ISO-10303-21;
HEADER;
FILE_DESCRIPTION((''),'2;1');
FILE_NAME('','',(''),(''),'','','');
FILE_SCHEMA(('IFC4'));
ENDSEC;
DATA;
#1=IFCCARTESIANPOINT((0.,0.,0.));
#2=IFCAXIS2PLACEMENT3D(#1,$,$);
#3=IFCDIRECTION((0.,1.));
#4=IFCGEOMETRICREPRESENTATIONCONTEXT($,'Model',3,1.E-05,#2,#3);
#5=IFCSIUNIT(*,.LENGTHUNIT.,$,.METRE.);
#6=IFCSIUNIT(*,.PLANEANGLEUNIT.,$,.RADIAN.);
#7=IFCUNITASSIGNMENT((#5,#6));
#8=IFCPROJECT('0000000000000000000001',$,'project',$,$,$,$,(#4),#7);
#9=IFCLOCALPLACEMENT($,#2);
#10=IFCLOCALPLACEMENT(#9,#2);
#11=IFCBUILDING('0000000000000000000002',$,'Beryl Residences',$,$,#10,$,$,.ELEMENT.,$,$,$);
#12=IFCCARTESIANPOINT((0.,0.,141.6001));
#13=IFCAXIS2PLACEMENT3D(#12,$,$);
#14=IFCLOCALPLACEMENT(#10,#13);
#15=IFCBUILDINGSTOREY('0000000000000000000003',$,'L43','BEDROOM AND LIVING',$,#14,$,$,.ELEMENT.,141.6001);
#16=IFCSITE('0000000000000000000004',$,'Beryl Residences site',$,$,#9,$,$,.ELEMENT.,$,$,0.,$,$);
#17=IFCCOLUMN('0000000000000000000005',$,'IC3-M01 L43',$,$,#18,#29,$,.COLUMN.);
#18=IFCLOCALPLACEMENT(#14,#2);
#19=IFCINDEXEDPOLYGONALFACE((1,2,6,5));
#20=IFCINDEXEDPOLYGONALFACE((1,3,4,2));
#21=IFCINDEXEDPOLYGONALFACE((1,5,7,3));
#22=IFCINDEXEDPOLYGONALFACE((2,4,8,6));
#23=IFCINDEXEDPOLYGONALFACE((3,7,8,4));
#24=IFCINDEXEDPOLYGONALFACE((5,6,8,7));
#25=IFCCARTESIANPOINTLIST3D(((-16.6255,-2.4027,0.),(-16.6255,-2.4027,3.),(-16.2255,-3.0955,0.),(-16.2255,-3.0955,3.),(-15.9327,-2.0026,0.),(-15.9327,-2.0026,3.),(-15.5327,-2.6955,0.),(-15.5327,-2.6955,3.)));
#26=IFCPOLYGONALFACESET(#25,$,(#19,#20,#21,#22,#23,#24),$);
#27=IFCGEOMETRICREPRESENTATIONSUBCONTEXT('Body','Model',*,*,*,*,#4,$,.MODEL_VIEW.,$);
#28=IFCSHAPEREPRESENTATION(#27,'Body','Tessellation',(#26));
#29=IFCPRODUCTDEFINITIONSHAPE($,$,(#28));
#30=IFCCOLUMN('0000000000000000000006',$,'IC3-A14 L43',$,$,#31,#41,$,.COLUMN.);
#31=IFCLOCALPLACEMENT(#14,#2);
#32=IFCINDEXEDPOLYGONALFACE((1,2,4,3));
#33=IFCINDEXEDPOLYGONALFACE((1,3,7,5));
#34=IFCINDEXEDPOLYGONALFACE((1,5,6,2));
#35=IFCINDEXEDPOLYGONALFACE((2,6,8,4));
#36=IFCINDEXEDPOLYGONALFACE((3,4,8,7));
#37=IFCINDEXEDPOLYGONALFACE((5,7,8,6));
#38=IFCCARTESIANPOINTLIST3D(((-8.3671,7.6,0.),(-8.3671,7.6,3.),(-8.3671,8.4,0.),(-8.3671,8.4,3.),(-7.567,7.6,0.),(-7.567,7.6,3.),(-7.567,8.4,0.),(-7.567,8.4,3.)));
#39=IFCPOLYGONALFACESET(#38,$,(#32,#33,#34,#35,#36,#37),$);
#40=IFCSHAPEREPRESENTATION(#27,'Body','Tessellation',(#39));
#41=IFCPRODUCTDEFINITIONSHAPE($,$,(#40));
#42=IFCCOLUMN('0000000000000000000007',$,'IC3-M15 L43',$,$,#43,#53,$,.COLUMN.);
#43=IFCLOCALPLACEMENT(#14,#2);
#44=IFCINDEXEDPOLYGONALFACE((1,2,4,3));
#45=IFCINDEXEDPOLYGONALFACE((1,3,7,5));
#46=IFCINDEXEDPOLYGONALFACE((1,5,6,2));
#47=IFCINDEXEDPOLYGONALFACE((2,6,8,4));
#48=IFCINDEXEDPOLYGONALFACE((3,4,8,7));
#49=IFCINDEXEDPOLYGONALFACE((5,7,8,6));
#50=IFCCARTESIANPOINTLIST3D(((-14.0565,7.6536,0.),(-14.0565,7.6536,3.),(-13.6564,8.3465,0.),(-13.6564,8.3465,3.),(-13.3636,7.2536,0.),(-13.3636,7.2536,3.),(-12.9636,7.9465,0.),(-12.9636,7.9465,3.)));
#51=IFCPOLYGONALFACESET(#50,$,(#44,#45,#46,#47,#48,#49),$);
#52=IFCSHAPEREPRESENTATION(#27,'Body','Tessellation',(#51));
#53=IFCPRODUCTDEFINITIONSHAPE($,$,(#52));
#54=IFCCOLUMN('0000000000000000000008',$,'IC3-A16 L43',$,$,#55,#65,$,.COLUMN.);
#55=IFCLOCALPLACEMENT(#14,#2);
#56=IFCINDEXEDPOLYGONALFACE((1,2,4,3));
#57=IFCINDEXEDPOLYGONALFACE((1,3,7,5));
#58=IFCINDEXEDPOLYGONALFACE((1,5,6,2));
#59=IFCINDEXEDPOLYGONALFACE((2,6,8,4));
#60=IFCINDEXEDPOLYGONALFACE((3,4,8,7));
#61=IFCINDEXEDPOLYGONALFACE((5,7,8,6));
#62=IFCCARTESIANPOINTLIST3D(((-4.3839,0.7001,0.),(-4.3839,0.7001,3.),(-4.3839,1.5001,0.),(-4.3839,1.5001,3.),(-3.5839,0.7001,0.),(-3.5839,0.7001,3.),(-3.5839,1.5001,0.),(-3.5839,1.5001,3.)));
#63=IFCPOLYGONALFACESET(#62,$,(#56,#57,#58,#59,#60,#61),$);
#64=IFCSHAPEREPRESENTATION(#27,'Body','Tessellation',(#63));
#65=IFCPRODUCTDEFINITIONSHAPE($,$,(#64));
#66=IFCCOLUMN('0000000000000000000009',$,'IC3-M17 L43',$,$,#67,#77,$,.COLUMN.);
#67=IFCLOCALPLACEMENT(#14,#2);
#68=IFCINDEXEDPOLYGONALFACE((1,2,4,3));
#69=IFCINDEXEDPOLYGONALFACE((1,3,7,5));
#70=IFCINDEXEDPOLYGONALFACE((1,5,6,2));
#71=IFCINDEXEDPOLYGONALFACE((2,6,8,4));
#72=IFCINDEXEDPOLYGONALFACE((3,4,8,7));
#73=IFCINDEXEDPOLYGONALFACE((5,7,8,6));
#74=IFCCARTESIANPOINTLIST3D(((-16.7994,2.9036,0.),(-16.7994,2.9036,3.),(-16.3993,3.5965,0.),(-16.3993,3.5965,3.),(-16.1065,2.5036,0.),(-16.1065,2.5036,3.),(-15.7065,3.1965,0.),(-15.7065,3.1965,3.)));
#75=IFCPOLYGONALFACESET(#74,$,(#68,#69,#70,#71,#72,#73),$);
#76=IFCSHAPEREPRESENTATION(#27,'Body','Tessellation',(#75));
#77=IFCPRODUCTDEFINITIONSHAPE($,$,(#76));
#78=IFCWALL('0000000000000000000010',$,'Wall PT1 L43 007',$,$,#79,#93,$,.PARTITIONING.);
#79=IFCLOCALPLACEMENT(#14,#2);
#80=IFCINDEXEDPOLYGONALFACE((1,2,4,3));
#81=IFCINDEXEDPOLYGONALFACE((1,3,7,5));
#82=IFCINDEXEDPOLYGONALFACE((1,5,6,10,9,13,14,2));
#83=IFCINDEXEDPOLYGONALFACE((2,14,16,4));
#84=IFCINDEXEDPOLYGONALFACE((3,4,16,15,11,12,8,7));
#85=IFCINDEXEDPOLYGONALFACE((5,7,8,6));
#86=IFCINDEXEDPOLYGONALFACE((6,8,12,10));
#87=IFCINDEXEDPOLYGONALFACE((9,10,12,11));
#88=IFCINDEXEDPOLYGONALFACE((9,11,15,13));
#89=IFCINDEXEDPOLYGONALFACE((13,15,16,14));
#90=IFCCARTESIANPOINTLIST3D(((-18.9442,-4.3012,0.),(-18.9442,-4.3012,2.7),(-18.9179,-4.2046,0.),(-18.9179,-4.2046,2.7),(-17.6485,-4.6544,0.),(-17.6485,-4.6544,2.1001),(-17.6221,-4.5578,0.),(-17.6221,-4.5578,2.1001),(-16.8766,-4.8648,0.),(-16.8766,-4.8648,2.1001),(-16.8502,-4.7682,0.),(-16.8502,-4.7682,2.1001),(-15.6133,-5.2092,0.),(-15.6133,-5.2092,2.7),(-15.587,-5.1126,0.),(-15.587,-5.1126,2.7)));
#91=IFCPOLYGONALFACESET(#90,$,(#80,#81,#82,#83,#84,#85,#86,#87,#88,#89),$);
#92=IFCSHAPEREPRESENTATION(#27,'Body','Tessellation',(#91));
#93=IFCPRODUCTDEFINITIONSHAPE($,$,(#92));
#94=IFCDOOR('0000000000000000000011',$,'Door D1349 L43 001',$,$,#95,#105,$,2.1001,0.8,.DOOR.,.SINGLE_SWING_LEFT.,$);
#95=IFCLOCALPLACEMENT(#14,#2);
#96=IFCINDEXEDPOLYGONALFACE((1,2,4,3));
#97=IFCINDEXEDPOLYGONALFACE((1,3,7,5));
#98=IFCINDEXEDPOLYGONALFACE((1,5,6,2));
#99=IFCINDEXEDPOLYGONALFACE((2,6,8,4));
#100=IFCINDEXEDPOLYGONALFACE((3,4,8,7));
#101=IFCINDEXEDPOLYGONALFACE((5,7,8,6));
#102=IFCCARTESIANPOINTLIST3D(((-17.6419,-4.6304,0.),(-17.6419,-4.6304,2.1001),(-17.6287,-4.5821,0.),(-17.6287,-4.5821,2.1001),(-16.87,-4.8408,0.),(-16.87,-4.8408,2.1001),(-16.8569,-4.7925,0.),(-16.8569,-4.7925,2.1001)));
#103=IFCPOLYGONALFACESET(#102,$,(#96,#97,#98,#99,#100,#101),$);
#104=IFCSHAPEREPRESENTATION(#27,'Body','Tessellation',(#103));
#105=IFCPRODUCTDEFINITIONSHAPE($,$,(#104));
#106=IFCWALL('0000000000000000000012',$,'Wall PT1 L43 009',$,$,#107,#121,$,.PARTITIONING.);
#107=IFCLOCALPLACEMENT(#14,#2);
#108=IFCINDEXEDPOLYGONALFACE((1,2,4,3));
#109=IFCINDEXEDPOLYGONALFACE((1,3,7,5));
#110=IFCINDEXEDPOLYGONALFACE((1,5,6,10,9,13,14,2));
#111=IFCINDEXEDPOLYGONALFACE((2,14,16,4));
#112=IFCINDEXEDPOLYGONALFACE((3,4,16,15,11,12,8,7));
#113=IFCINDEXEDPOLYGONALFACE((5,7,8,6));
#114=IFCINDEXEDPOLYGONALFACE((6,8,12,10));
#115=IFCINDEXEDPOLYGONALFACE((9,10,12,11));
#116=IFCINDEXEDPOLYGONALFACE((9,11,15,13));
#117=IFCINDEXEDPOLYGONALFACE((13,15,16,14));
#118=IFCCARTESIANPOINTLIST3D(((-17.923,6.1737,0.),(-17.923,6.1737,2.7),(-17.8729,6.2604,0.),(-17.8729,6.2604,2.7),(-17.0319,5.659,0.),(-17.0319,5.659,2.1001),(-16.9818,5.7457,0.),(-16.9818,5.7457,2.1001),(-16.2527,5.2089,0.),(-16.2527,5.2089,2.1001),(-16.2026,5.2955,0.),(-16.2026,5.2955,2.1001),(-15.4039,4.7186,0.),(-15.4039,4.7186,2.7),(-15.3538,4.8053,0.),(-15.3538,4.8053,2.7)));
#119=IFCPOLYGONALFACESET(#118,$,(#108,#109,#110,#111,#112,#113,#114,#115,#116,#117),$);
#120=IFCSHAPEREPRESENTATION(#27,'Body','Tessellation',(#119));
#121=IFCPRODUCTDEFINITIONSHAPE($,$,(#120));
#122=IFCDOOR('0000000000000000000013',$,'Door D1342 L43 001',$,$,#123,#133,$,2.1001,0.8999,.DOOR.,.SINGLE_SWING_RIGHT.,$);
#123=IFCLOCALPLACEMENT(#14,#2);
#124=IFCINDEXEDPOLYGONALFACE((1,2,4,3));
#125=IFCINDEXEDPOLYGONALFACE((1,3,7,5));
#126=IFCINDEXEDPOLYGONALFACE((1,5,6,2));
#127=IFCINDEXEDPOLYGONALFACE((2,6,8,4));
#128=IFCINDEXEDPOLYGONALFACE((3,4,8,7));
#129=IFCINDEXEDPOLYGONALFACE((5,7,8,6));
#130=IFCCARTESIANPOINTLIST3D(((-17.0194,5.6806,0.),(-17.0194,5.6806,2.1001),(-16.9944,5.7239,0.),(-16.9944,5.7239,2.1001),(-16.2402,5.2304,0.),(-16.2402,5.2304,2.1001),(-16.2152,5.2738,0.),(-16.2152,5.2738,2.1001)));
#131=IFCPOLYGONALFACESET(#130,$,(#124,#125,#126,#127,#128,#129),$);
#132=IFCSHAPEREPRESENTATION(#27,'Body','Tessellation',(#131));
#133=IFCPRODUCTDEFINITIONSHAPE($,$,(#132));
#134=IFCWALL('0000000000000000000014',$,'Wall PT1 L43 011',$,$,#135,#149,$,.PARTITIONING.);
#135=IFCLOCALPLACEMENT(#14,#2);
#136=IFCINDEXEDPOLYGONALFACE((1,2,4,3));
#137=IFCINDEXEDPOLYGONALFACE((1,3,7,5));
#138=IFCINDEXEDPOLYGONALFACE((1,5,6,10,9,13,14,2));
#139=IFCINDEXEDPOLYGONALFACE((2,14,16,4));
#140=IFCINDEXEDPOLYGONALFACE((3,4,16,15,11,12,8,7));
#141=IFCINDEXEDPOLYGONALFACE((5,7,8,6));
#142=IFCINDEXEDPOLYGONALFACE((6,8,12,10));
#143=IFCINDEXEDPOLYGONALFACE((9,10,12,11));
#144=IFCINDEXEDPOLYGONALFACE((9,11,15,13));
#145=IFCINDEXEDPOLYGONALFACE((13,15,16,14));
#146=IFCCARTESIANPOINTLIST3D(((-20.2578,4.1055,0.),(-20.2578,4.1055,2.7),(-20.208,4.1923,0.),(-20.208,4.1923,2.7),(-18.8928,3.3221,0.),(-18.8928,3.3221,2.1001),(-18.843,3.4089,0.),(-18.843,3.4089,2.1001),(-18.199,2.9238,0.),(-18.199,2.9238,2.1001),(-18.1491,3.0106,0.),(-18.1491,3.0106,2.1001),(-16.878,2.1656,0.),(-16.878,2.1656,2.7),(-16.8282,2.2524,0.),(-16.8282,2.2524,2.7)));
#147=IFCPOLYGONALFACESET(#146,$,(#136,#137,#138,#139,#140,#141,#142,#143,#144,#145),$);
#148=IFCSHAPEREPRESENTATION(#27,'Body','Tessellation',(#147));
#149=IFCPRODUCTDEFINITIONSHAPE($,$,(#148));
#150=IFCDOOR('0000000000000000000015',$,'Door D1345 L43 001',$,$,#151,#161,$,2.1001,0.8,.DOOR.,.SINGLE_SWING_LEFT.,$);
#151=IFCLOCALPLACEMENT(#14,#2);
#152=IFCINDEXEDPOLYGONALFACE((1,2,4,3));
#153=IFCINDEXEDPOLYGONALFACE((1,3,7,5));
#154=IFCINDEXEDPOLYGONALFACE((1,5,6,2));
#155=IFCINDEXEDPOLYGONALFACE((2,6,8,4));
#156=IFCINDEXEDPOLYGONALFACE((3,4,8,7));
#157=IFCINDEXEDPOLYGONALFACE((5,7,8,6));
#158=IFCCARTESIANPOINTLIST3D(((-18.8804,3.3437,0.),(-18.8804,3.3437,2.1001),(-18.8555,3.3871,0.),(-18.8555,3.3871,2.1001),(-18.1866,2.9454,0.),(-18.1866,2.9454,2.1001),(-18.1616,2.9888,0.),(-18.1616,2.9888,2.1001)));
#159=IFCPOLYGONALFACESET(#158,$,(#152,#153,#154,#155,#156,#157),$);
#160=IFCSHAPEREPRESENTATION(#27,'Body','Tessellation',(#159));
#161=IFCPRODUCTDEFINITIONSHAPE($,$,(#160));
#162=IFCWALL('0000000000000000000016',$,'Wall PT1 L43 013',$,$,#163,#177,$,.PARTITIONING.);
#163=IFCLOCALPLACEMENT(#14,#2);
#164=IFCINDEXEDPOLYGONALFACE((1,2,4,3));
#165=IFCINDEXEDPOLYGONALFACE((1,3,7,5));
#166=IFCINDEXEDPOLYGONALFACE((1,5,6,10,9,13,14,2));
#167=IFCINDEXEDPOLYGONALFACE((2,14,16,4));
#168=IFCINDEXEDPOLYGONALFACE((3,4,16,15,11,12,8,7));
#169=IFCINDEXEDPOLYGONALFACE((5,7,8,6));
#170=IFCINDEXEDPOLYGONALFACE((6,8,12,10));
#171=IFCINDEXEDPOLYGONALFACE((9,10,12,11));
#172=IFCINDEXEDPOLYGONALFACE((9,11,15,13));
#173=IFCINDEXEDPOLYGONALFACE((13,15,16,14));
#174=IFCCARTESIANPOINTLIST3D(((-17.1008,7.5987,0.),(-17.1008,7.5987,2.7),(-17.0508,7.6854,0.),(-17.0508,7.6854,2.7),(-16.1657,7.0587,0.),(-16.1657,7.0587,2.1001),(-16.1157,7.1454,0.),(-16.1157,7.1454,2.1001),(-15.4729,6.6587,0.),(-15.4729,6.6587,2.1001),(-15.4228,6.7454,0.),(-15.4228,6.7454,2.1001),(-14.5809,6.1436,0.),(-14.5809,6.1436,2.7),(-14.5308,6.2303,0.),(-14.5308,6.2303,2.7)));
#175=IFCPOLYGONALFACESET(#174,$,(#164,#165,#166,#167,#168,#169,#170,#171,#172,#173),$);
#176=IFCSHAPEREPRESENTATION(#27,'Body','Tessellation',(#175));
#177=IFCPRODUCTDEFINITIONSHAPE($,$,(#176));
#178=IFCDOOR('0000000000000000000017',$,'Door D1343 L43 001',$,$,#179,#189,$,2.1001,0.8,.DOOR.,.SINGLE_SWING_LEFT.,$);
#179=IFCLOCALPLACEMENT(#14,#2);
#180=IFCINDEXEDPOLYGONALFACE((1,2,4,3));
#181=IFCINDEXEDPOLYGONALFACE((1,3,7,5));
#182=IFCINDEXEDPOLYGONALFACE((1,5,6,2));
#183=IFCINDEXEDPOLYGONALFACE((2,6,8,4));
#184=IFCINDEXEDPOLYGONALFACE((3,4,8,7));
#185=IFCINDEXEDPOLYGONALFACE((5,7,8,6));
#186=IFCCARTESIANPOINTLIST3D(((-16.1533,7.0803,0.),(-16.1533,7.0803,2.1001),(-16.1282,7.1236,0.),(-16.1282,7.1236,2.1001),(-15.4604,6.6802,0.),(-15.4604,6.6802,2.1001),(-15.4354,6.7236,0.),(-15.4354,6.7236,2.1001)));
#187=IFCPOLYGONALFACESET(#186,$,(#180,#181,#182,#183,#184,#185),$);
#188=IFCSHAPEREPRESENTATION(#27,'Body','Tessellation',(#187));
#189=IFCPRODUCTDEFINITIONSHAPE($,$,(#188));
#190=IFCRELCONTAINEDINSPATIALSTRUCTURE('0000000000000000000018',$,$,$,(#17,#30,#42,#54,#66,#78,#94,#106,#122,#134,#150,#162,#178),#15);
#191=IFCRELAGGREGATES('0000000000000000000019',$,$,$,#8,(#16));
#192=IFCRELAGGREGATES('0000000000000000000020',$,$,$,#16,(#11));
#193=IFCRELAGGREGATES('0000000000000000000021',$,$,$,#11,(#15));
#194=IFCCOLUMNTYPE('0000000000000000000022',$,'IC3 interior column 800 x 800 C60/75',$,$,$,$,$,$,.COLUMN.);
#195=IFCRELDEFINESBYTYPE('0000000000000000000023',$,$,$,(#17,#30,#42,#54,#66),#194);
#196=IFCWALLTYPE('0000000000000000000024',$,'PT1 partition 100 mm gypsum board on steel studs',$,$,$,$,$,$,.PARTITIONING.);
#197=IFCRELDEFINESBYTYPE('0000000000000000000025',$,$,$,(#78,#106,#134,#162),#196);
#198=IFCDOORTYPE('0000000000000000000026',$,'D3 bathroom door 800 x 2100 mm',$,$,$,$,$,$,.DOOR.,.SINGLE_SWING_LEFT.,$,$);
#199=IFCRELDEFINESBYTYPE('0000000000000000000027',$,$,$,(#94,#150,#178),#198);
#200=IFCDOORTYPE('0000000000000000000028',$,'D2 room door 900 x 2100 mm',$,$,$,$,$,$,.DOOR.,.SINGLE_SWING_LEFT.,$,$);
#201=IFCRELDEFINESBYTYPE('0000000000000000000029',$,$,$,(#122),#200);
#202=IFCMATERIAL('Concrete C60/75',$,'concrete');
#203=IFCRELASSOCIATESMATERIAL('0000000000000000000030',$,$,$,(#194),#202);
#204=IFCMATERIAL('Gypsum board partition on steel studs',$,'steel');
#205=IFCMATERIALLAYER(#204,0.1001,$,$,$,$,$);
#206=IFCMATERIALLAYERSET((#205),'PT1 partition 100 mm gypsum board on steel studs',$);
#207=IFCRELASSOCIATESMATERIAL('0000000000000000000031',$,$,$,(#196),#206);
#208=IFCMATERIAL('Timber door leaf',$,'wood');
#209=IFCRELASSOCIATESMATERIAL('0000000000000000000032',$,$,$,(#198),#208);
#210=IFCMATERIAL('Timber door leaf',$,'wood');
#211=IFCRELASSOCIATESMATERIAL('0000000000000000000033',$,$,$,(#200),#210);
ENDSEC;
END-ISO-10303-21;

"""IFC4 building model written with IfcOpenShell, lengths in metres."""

from ifc_helpers import new_model, si_unit, direction, frame, frame_2d, origin, origin_2d, place, context, subcontext, project, spatial, rectangle, extrude, material, layer, layer_set, material_profile, profile_set, type_object, element, fill, save


model = new_model("IFC4")

# Units and contexts
model_context = context("Model", 3, precision=1e-05, world=origin(), true_north=direction((0.0, 1.0)))
body_context = subcontext(model_context, "Body", "Model", "MODEL_VIEW")
ifc_project = project(units=[si_unit("LENGTHUNIT", "METRE"), si_unit("PLANEANGLEUNIT", "RADIAN")], contexts=[model_context])

# Site, building, storey
site_placement = place(None, origin())
site = spatial("IfcSite", under=ifc_project, at=site_placement, Name="Beryl Residences site", CompositionType="ELEMENT", RefElevation=0.0)
building_placement = place(site_placement, origin())
building = spatial("IfcBuilding", under=site, at=building_placement, Name="Beryl Residences", CompositionType="ELEMENT")
storey_placement = place(building_placement, frame((0.0, 0.0, 141.6001)))
storey = spatial("IfcBuildingStorey", under=building, at=storey_placement, Name="L43", Description="BEDROOM AND LIVING", CompositionType="ELEMENT", Elevation=141.6001)

# Columns
ifc_material_1 = material(Name="Concrete C60/75", Category="concrete")
ifc_material_profile = material_profile(ifc_material_1, rectangle(XDim=0.8, YDim=0.8, at=origin_2d()))
ifc_profile_set = profile_set([ifc_material_profile], Name="Concrete C60/75")
column_type = type_object("IfcColumnType", Name="IC3 interior column 800 x 800 C60/75", PredefinedType="COLUMN", material=ifc_profile_set)
for number, where, z_axis, x_axis, name in (
    (1, (-16.0791, -2.5491, 0.0), (0.0, 0.0, 1.0), (0.5, -0.866025, 0.0), "IC3-M01 L43"),
    (2, (-7.967, 8.0, 0.0), (0.0, 0.0, 1.0), (1.0, 0.0, 0.0), "IC3-A14 L43"),
    (3, (-13.51, 7.8, 0.0), (0.0, 0.0, 1.0), (-0.5, -0.866025, 0.0), "IC3-M15 L43"),
    (4, (-3.9839, 1.1001, 0.0), (0.0, 0.0, 1.0), (1.0, 0.0, 0.0), "IC3-A16 L43"),
    (5, (-16.2529, 3.05, 0.0), (0.0, 0.0, 1.0), (-0.5, -0.866025, 0.0), "IC3-M17 L43"),
):
    element("IfcColumn", number, at=place(storey_placement, frame(where, z_axis=z_axis, x_axis=x_axis)), inside=storey, type_object=column_type, Name=name, PredefinedType="COLUMN", context=body_context, shape_type="SweptSolid", body=[
        extrude(rectangle(XDim=0.8, YDim=0.8, at=origin_2d()), origin(), (0.0, 0.0, 1.0), 3.0),
    ])

# Walls, openings, doors
ifc_material_2 = material(Name="Gypsum board partition on steel studs", Category="steel")
ifc_layer_1 = layer(ifc_material_2, 0.1001)
ifc_layer_set_1 = layer_set([ifc_layer_1], Name="PT1 partition 100 mm gypsum board on steel studs")
wall_type_1 = type_object("IfcWallType", Name="PT1 partition 100 mm gypsum board on steel studs", PredefinedType="PARTITIONING", material=ifc_layer_set_1)
wall_1_placement = place(storey_placement, frame((-18.9309, -4.2529, 0.0), z_axis=(0.0, 0.0, 1.0), x_axis=(0.964796, -0.262998, 0.0)))
wall_1 = element("IfcWall", 6, at=wall_1_placement, inside=storey, type_object=wall_type_1, Name="Wall PT1 L43 007", PredefinedType="PARTITIONING", context=body_context, shape_type="SweptSolid", body=[
    extrude(rectangle(XDim=3.4524, YDim=0.1001, at=frame_2d((1.7261, 0.0))), origin(), (0.0, 0.0, 1.0), 2.7),
])
opening_1_placement = place(wall_1_placement, frame((1.343, 0.0, 0.0)))
opening_1 = element("IfcOpeningElement", 7, at=opening_1_placement, cuts=wall_1, PredefinedType="OPENING", context=body_context, shape_type="SweptSolid", body=[
    extrude(rectangle(XDim=0.8, YDim=2.1001, at=frame_2d((0.3999, 1.05))), frame((0.0, 0.0601, 0.0), z_axis=(0.0, -1.0, 0.0), x_axis=(1.0, 0.0, 0.0)), (0.0, 0.0, 1.0), 0.1201),
])
ifc_material_3 = material(Name="Timber door leaf", Category="wood")
door_type_1 = type_object("IfcDoorType", Name="D3 bathroom door 800 x 2100 mm", OperationType="SINGLE_SWING_LEFT", PredefinedType="DOOR", material=ifc_material_3)
door_1_placement = place(opening_1_placement, origin())
door_1 = element("IfcDoor", 8, at=door_1_placement, inside=storey, type_object=door_type_1, Name="Door D1349 L43 001", OperationType="SINGLE_SWING_LEFT", OverallHeight=2.1001, OverallWidth=0.8, PredefinedType="DOOR", context=body_context, shape_type="SweptSolid", body=[
    extrude(rectangle(XDim=0.8, YDim=2.1001, at=frame_2d((0.3999, 1.05))), frame((0.0, 0.0249, 0.0), z_axis=(0.0, -1.0, 0.0), x_axis=(1.0, 0.0, 0.0)), (0.0, 0.0, 1.0), 0.05),
])
fill(opening_1, door_1)
wall_2_placement = place(storey_placement, frame((-17.8979, 6.217, 0.0), z_axis=(0.0, 0.0, 1.0), x_axis=(0.86592, -0.500183, 0.0)))
wall_2 = element("IfcWall", 9, at=wall_2_placement, inside=storey, type_object=wall_type_1, Name="Wall PT1 L43 009", PredefinedType="PARTITIONING", context=body_context, shape_type="SweptSolid", body=[
    extrude(rectangle(XDim=2.9092, YDim=0.1001, at=frame_2d((1.4546, 0.0))), origin(), (0.0, 0.0, 1.0), 2.7),
])
opening_2_placement = place(wall_2_placement, frame((1.0291, 0.0, 0.0)))
opening_2 = element("IfcOpeningElement", 10, at=opening_2_placement, cuts=wall_2, PredefinedType="OPENING", context=body_context, shape_type="SweptSolid", body=[
    extrude(rectangle(XDim=0.8999, YDim=2.1001, at=frame_2d((0.45, 1.05))), frame((0.0, 0.0601, 0.0), z_axis=(0.0, -1.0, 0.0), x_axis=(1.0, 0.0, 0.0)), (0.0, 0.0, 1.0), 0.1201),
])
ifc_material_4 = material(Name="Timber door leaf", Category="wood")
door_type_2 = type_object("IfcDoorType", Name="D2 room door 900 x 2100 mm", OperationType="SINGLE_SWING_LEFT", PredefinedType="DOOR", material=ifc_material_4)
door_2_placement = place(opening_2_placement, origin())
door_2 = element("IfcDoor", 11, at=door_2_placement, inside=storey, type_object=door_type_2, Name="Door D1342 L43 001", OperationType="SINGLE_SWING_RIGHT", OverallHeight=2.1001, OverallWidth=0.8999, PredefinedType="DOOR", context=body_context, shape_type="SweptSolid", body=[
    extrude(rectangle(XDim=0.8999, YDim=2.1001, at=frame_2d((0.45, 1.05))), frame((0.0, 0.0249, 0.0), z_axis=(0.0, -1.0, 0.0), x_axis=(1.0, 0.0, 0.0)), (0.0, 0.0, 1.0), 0.05),
])
fill(opening_2, door_2)
wall_3_placement = place(storey_placement, frame((-20.2329, 4.1489, 0.0), z_axis=(0.0, 0.0, 1.0), x_axis=(0.867293, -0.497798, 0.0)))
wall_3 = element("IfcWall", 12, at=wall_3_placement, inside=storey, type_object=wall_type_1, Name="Wall PT1 L43 011", PredefinedType="PARTITIONING", context=body_context, shape_type="SweptSolid", body=[
    extrude(rectangle(XDim=3.897, YDim=0.1001, at=frame_2d((1.9485, 0.0))), origin(), (0.0, 0.0, 1.0), 2.7),
])
opening_3_placement = place(wall_3_placement, frame((1.574, 0.0, 0.0)))
opening_3 = element("IfcOpeningElement", 13, at=opening_3_placement, cuts=wall_3, PredefinedType="OPENING", context=body_context, shape_type="SweptSolid", body=[
    extrude(rectangle(XDim=0.8, YDim=2.1001, at=frame_2d((0.3999, 1.05))), frame((0.0, 0.0601, 0.0), z_axis=(0.0, -1.0, 0.0), x_axis=(1.0, 0.0, 0.0)), (0.0, 0.0, 1.0), 0.1201),
])
door_3_placement = place(opening_3_placement, origin())
door_3 = element("IfcDoor", 14, at=door_3_placement, inside=storey, type_object=door_type_1, Name="Door D1345 L43 001", OperationType="SINGLE_SWING_LEFT", OverallHeight=2.1001, OverallWidth=0.8, PredefinedType="DOOR", context=body_context, shape_type="SweptSolid", body=[
    extrude(rectangle(XDim=0.8, YDim=2.1001, at=frame_2d((0.3999, 1.05))), frame((0.0, 0.0249, 0.0), z_axis=(0.0, -1.0, 0.0), x_axis=(1.0, 0.0, 0.0)), (0.0, 0.0, 1.0), 0.05),
])
fill(opening_3, door_3)
wall_4_placement = place(storey_placement, frame((-17.0759, 7.6421, 0.0), z_axis=(0.0, 0.0, 1.0), x_axis=(0.866004, -0.500037, 0.0)))
wall_4 = element("IfcWall", 15, at=wall_4_placement, inside=storey, type_object=wall_type_1, Name="Wall PT1 L43 013", PredefinedType="PARTITIONING", context=body_context, shape_type="SweptSolid", body=[
    extrude(rectangle(XDim=2.9099, YDim=0.1001, at=frame_2d((1.4551, 0.0))), origin(), (0.0, 0.0, 1.0), 2.7),
])
opening_4_placement = place(wall_4_placement, frame((1.0801, 0.0, 0.0)))
opening_4 = element("IfcOpeningElement", 16, at=opening_4_placement, cuts=wall_4, PredefinedType="OPENING", context=body_context, shape_type="SweptSolid", body=[
    extrude(rectangle(XDim=0.8, YDim=2.1001, at=frame_2d((0.3999, 1.05))), frame((0.0, 0.0601, 0.0), z_axis=(0.0, -1.0, 0.0), x_axis=(1.0, 0.0, 0.0)), (0.0, 0.0, 1.0), 0.1201),
])
door_4_placement = place(opening_4_placement, origin())
door_4 = element("IfcDoor", 17, at=door_4_placement, inside=storey, type_object=door_type_1, Name="Door D1343 L43 001", OperationType="SINGLE_SWING_LEFT", OverallHeight=2.1001, OverallWidth=0.8, PredefinedType="DOOR", context=body_context, shape_type="SweptSolid", body=[
    extrude(rectangle(XDim=0.8, YDim=2.1001, at=frame_2d((0.3999, 1.05))), frame((0.0, 0.0249, 0.0), z_axis=(0.0, -1.0, 0.0), x_axis=(1.0, 0.0, 0.0)), (0.0, 0.0, 1.0), 0.05),
])
fill(opening_4, door_4)

save(model, "model.ifc")
